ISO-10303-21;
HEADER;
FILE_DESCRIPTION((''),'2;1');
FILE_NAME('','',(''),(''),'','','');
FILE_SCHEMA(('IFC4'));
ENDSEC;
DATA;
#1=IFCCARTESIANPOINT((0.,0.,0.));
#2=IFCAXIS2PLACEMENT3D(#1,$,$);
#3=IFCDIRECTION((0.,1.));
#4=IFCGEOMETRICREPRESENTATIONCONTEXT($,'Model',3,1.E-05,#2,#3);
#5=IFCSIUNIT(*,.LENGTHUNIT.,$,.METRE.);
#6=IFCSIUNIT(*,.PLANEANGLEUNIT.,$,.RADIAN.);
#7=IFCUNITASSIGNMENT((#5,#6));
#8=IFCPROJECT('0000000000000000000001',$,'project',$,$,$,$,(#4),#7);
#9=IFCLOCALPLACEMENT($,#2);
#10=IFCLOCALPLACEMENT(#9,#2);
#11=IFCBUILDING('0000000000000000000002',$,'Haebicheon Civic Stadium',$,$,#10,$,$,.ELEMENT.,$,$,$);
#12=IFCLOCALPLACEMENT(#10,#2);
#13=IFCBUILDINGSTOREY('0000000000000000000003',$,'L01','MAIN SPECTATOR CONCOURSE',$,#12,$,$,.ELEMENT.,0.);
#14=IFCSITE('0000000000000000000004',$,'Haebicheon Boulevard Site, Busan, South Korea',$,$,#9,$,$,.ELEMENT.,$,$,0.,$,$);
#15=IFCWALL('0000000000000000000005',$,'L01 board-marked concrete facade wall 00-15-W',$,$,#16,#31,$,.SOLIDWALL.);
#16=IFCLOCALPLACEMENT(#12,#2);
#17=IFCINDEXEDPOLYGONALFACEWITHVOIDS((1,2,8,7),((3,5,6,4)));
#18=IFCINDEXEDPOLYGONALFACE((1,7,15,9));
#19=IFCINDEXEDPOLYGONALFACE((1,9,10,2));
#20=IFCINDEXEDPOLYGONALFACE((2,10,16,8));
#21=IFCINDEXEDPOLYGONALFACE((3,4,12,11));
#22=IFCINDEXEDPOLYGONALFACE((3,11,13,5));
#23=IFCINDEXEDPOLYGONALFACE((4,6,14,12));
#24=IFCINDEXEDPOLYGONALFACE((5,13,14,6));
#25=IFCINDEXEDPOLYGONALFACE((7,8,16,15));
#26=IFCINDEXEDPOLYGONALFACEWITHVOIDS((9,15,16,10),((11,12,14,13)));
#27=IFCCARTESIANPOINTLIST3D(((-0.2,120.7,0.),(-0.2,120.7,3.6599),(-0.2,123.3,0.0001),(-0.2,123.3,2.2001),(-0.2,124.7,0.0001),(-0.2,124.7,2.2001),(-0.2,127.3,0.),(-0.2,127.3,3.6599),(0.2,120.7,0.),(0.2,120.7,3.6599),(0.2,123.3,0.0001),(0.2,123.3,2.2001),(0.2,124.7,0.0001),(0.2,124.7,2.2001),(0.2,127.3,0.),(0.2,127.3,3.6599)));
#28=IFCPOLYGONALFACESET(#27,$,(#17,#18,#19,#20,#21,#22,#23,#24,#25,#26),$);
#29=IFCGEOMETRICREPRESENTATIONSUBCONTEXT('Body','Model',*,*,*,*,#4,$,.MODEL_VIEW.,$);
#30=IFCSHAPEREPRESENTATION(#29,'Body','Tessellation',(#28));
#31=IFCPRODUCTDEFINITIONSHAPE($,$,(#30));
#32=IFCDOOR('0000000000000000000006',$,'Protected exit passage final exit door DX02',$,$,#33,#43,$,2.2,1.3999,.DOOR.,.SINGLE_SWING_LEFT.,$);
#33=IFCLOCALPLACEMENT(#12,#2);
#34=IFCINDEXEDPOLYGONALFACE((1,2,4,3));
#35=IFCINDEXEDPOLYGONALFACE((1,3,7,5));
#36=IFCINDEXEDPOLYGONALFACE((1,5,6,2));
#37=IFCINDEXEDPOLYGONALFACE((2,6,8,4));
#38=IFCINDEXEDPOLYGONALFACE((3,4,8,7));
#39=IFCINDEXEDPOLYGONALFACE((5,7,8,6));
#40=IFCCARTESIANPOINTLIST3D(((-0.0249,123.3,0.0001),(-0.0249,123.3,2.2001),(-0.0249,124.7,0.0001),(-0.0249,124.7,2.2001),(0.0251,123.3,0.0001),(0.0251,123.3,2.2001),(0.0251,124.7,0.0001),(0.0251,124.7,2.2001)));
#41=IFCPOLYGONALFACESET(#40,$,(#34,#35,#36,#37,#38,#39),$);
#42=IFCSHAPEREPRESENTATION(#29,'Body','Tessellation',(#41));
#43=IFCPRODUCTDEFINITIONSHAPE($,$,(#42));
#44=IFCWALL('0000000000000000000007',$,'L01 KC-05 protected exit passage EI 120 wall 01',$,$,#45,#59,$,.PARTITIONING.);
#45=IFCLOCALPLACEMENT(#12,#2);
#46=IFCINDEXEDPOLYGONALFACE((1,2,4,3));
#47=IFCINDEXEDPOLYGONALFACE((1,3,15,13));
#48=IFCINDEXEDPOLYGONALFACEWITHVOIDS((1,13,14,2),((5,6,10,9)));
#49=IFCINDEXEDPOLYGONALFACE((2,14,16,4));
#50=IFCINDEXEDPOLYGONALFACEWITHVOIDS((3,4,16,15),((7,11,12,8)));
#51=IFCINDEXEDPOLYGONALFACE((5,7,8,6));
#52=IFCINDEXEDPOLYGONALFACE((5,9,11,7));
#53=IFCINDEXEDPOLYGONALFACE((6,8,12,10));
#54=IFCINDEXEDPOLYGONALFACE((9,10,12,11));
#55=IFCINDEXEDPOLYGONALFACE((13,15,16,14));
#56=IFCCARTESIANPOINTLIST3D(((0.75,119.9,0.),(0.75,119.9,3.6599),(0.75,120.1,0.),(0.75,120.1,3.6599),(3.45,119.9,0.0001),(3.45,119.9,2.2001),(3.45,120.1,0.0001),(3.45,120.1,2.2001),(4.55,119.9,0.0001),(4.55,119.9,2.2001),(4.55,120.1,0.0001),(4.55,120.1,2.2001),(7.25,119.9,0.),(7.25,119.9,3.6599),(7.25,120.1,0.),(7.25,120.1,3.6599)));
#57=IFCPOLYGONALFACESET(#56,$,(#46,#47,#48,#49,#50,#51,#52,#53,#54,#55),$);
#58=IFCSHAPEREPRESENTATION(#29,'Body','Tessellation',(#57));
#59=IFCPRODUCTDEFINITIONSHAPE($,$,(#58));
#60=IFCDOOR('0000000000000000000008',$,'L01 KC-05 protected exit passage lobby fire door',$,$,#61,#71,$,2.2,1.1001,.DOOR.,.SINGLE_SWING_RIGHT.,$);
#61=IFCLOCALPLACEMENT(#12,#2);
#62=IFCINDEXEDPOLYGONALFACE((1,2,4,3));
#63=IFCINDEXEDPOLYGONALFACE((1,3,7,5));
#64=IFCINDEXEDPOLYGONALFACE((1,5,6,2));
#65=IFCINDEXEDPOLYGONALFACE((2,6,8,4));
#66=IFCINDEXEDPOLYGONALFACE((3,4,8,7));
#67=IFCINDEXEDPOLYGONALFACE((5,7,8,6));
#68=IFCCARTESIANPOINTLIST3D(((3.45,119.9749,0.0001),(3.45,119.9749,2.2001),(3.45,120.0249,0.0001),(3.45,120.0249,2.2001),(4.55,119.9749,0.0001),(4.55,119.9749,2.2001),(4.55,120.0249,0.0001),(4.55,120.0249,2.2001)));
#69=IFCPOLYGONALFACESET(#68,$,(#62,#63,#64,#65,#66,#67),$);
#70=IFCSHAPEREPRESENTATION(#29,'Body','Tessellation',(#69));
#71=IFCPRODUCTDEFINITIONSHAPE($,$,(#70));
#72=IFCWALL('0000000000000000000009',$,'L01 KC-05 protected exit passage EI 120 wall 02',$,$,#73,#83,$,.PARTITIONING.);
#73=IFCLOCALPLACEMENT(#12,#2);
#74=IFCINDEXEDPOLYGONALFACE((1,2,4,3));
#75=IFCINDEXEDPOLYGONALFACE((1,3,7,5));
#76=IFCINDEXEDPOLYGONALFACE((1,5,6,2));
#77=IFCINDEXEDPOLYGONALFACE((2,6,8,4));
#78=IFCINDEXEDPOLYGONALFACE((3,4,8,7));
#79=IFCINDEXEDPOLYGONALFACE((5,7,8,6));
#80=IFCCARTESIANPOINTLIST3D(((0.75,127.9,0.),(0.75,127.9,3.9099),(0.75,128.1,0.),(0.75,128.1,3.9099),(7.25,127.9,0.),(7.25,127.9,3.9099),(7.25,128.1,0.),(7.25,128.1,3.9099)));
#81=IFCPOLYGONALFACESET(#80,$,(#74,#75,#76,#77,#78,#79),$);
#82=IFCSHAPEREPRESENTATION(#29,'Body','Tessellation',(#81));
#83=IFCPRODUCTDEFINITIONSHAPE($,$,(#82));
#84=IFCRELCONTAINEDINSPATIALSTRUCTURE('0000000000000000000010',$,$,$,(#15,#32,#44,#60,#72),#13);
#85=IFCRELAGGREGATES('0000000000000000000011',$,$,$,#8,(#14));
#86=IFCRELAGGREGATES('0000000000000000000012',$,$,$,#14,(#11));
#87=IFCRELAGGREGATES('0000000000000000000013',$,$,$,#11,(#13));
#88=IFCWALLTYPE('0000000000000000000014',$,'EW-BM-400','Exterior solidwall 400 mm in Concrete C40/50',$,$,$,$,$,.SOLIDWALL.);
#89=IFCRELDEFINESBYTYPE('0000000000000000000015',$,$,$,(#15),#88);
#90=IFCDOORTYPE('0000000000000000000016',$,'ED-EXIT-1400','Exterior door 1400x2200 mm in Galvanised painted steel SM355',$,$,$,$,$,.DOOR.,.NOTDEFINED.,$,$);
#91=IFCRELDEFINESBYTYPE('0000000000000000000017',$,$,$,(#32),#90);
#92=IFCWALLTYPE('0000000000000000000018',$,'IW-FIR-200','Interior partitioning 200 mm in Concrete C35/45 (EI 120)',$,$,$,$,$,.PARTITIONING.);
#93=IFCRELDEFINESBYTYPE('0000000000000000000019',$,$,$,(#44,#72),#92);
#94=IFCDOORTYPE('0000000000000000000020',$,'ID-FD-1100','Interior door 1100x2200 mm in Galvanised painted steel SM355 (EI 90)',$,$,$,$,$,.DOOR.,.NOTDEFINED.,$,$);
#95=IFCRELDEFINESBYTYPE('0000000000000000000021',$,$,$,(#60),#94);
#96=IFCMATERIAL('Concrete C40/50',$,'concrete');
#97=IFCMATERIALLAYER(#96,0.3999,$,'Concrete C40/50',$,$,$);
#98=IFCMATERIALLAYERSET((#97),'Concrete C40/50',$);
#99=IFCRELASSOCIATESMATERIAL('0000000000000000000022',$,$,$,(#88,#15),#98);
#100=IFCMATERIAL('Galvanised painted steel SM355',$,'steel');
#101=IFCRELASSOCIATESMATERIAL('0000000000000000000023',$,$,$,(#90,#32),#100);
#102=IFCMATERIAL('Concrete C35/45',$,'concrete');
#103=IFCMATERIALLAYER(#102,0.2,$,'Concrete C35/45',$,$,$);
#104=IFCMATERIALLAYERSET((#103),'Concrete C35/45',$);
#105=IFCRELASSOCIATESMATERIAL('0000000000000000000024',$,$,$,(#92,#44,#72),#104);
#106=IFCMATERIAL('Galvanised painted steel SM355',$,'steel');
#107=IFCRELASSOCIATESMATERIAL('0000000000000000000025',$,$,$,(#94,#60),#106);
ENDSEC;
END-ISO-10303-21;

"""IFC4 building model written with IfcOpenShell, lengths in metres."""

from ifc_helpers import new_model, si_unit, direction, frame, frame_2d, origin, place, context, subcontext, project, spatial, rectangle, extrude, material, layer, layer_set, type_object, element, fill, save


model = new_model("IFC4")

# Units and contexts
model_context = context("Model", 3, precision=1e-05, world=origin(), true_north=direction((0.0, 1.0)))
body_context = subcontext(model_context, "Body", "Model", "MODEL_VIEW")
ifc_project = project(units=[si_unit("LENGTHUNIT", "METRE"), si_unit("PLANEANGLEUNIT", "RADIAN")], contexts=[model_context])

# Site, building, storey
site_placement = place(None, origin())
site = spatial("IfcSite", under=ifc_project, at=site_placement, Name="Haebicheon Boulevard Site, Busan, South Korea", CompositionType="ELEMENT", RefElevation=0.0)
building_placement = place(site_placement, origin())
building = spatial("IfcBuilding", under=site, at=building_placement, Name="Haebicheon Civic Stadium", CompositionType="ELEMENT")
storey_placement = place(building_placement, origin())
storey = spatial("IfcBuildingStorey", under=building, at=storey_placement, Name="L01", Description="MAIN SPECTATOR CONCOURSE", CompositionType="ELEMENT", Elevation=0.0)

# Walls, openings, doors
ifc_material_1 = material(Name="Concrete C40/50", Category="concrete")
ifc_layer_1 = layer(ifc_material_1, 0.3999, Name="Concrete C40/50")
ifc_layer_set_1 = layer_set([ifc_layer_1], Name="Concrete C40/50")
wall_type_1 = type_object("IfcWallType", Name="EW-BM-400", Description="Exterior solidwall 400 mm in Concrete C40/50", PredefinedType="SOLIDWALL", material=ifc_layer_set_1)
wall_1_placement = place(storey_placement, frame((0.0, 120.7, 0.0), z_axis=(0.0, 0.0, 1.0), x_axis=(0.0, 1.0, 0.0)))
wall_1 = element("IfcWall", 1, at=wall_1_placement, inside=storey, type_object=wall_type_1, material=ifc_layer_set_1, Name="L01 board-marked concrete facade wall 00-15-W", PredefinedType="SOLIDWALL", context=body_context, shape_type="SweptSolid", body=[
    extrude(rectangle(XDim=6.6001, YDim=0.3999, at=frame_2d((3.3, 0.0))), origin(), (0.0, 0.0, 1.0), 3.6599),
])
opening_1_placement = place(wall_1_placement, frame((2.6001, 0.0, 0.0)))
opening_1 = element("IfcOpeningElement", 2, at=opening_1_placement, cuts=wall_1, PredefinedType="OPENING", context=body_context, shape_type="SweptSolid", body=[
    extrude(rectangle(XDim=1.3999, YDim=2.2, at=frame_2d((0.7, 1.1001))), frame((0.0, 0.21, 0.0), z_axis=(0.0, -1.0, 0.0), x_axis=(1.0, 0.0, 0.0)), (0.0, 0.0, 1.0), 0.4199),
])
ifc_material_2 = material(Name="Galvanised painted steel SM355", Category="steel")
door_type_1 = type_object("IfcDoorType", Name="ED-EXIT-1400", Description="Exterior door 1400x2200 mm in Galvanised painted steel SM355", OperationType="NOTDEFINED", PredefinedType="DOOR", material=ifc_material_2)
door_1_placement = place(opening_1_placement, origin())
door_1 = element("IfcDoor", 3, at=door_1_placement, inside=storey, type_object=door_type_1, material=ifc_material_2, Name="Protected exit passage final exit door DX02", OperationType="SINGLE_SWING_LEFT", OverallHeight=2.2, OverallWidth=1.3999, PredefinedType="DOOR", context=body_context, shape_type="SweptSolid", body=[
    extrude(rectangle(XDim=1.3999, YDim=2.2, at=frame_2d((0.7, 1.1001))), frame((0.0, 0.0249, 0.0), z_axis=(0.0, -1.0, 0.0), x_axis=(1.0, 0.0, 0.0)), (0.0, 0.0, 1.0), 0.05),
])
fill(opening_1, door_1)
ifc_material_3 = material(Name="Concrete C35/45", Category="concrete")
ifc_layer_2 = layer(ifc_material_3, 0.2, Name="Concrete C35/45")
ifc_layer_set_2 = layer_set([ifc_layer_2], Name="Concrete C35/45")
wall_type_2 = type_object("IfcWallType", Name="IW-FIR-200", Description="Interior partitioning 200 mm in Concrete C35/45 (EI 120)", PredefinedType="PARTITIONING", material=ifc_layer_set_2)
wall_2_placement = place(storey_placement, frame((0.75, 120.0, 0.0), z_axis=(0.0, 0.0, 1.0), x_axis=(1.0, 0.0, 0.0)))
wall_2 = element("IfcWall", 4, at=wall_2_placement, inside=storey, type_object=wall_type_2, material=ifc_layer_set_2, Name="L01 KC-05 protected exit passage EI 120 wall 01", PredefinedType="PARTITIONING", context=body_context, shape_type="SweptSolid", body=[
    extrude(rectangle(XDim=6.5, YDim=0.2, at=frame_2d((3.25, 0.0))), origin(), (0.0, 0.0, 1.0), 3.6599),
])
opening_2_placement = place(wall_2_placement, frame((2.7, 0.0, 0.0)))
opening_2 = element("IfcOpeningElement", 5, at=opening_2_placement, cuts=wall_2, PredefinedType="OPENING", context=body_context, shape_type="SweptSolid", body=[
    extrude(rectangle(XDim=1.1001, YDim=2.2, at=frame_2d((0.55, 1.1001))), frame((0.0, 0.1099, 0.0), z_axis=(0.0, -1.0, 0.0), x_axis=(1.0, 0.0, 0.0)), (0.0, 0.0, 1.0), 0.22),
])
ifc_material_4 = material(Name="Galvanised painted steel SM355", Category="steel")
door_type_2 = type_object("IfcDoorType", Name="ID-FD-1100", Description="Interior door 1100x2200 mm in Galvanised painted steel SM355 (EI 90)", OperationType="NOTDEFINED", PredefinedType="DOOR", material=ifc_material_4)
door_2_placement = place(opening_2_placement, origin())
door_2 = element("IfcDoor", 6, at=door_2_placement, inside=storey, type_object=door_type_2, material=ifc_material_4, Name="L01 KC-05 protected exit passage lobby fire door", OperationType="SINGLE_SWING_RIGHT", OverallHeight=2.2, OverallWidth=1.1001, PredefinedType="DOOR", context=body_context, shape_type="SweptSolid", body=[
    extrude(rectangle(XDim=1.1001, YDim=2.2, at=frame_2d((0.55, 1.1001))), frame((0.0, 0.0249, 0.0), z_axis=(0.0, -1.0, 0.0), x_axis=(1.0, 0.0, 0.0)), (0.0, 0.0, 1.0), 0.05),
])
fill(opening_2, door_2)

# Wall
wall_3_placement = place(storey_placement, frame((0.75, 128.0, 0.0), z_axis=(0.0, 0.0, 1.0), x_axis=(1.0, 0.0, 0.0)))
element("IfcWall", 7, at=wall_3_placement, inside=storey, type_object=wall_type_2, material=ifc_layer_set_2, Name="L01 KC-05 protected exit passage EI 120 wall 02", PredefinedType="PARTITIONING", context=body_context, shape_type="SweptSolid", body=[
    extrude(rectangle(XDim=6.5, YDim=0.2, at=frame_2d((3.25, 0.0))), origin(), (0.0, 0.0, 1.0), 3.9099),
])

save(model, "model.ifc")
